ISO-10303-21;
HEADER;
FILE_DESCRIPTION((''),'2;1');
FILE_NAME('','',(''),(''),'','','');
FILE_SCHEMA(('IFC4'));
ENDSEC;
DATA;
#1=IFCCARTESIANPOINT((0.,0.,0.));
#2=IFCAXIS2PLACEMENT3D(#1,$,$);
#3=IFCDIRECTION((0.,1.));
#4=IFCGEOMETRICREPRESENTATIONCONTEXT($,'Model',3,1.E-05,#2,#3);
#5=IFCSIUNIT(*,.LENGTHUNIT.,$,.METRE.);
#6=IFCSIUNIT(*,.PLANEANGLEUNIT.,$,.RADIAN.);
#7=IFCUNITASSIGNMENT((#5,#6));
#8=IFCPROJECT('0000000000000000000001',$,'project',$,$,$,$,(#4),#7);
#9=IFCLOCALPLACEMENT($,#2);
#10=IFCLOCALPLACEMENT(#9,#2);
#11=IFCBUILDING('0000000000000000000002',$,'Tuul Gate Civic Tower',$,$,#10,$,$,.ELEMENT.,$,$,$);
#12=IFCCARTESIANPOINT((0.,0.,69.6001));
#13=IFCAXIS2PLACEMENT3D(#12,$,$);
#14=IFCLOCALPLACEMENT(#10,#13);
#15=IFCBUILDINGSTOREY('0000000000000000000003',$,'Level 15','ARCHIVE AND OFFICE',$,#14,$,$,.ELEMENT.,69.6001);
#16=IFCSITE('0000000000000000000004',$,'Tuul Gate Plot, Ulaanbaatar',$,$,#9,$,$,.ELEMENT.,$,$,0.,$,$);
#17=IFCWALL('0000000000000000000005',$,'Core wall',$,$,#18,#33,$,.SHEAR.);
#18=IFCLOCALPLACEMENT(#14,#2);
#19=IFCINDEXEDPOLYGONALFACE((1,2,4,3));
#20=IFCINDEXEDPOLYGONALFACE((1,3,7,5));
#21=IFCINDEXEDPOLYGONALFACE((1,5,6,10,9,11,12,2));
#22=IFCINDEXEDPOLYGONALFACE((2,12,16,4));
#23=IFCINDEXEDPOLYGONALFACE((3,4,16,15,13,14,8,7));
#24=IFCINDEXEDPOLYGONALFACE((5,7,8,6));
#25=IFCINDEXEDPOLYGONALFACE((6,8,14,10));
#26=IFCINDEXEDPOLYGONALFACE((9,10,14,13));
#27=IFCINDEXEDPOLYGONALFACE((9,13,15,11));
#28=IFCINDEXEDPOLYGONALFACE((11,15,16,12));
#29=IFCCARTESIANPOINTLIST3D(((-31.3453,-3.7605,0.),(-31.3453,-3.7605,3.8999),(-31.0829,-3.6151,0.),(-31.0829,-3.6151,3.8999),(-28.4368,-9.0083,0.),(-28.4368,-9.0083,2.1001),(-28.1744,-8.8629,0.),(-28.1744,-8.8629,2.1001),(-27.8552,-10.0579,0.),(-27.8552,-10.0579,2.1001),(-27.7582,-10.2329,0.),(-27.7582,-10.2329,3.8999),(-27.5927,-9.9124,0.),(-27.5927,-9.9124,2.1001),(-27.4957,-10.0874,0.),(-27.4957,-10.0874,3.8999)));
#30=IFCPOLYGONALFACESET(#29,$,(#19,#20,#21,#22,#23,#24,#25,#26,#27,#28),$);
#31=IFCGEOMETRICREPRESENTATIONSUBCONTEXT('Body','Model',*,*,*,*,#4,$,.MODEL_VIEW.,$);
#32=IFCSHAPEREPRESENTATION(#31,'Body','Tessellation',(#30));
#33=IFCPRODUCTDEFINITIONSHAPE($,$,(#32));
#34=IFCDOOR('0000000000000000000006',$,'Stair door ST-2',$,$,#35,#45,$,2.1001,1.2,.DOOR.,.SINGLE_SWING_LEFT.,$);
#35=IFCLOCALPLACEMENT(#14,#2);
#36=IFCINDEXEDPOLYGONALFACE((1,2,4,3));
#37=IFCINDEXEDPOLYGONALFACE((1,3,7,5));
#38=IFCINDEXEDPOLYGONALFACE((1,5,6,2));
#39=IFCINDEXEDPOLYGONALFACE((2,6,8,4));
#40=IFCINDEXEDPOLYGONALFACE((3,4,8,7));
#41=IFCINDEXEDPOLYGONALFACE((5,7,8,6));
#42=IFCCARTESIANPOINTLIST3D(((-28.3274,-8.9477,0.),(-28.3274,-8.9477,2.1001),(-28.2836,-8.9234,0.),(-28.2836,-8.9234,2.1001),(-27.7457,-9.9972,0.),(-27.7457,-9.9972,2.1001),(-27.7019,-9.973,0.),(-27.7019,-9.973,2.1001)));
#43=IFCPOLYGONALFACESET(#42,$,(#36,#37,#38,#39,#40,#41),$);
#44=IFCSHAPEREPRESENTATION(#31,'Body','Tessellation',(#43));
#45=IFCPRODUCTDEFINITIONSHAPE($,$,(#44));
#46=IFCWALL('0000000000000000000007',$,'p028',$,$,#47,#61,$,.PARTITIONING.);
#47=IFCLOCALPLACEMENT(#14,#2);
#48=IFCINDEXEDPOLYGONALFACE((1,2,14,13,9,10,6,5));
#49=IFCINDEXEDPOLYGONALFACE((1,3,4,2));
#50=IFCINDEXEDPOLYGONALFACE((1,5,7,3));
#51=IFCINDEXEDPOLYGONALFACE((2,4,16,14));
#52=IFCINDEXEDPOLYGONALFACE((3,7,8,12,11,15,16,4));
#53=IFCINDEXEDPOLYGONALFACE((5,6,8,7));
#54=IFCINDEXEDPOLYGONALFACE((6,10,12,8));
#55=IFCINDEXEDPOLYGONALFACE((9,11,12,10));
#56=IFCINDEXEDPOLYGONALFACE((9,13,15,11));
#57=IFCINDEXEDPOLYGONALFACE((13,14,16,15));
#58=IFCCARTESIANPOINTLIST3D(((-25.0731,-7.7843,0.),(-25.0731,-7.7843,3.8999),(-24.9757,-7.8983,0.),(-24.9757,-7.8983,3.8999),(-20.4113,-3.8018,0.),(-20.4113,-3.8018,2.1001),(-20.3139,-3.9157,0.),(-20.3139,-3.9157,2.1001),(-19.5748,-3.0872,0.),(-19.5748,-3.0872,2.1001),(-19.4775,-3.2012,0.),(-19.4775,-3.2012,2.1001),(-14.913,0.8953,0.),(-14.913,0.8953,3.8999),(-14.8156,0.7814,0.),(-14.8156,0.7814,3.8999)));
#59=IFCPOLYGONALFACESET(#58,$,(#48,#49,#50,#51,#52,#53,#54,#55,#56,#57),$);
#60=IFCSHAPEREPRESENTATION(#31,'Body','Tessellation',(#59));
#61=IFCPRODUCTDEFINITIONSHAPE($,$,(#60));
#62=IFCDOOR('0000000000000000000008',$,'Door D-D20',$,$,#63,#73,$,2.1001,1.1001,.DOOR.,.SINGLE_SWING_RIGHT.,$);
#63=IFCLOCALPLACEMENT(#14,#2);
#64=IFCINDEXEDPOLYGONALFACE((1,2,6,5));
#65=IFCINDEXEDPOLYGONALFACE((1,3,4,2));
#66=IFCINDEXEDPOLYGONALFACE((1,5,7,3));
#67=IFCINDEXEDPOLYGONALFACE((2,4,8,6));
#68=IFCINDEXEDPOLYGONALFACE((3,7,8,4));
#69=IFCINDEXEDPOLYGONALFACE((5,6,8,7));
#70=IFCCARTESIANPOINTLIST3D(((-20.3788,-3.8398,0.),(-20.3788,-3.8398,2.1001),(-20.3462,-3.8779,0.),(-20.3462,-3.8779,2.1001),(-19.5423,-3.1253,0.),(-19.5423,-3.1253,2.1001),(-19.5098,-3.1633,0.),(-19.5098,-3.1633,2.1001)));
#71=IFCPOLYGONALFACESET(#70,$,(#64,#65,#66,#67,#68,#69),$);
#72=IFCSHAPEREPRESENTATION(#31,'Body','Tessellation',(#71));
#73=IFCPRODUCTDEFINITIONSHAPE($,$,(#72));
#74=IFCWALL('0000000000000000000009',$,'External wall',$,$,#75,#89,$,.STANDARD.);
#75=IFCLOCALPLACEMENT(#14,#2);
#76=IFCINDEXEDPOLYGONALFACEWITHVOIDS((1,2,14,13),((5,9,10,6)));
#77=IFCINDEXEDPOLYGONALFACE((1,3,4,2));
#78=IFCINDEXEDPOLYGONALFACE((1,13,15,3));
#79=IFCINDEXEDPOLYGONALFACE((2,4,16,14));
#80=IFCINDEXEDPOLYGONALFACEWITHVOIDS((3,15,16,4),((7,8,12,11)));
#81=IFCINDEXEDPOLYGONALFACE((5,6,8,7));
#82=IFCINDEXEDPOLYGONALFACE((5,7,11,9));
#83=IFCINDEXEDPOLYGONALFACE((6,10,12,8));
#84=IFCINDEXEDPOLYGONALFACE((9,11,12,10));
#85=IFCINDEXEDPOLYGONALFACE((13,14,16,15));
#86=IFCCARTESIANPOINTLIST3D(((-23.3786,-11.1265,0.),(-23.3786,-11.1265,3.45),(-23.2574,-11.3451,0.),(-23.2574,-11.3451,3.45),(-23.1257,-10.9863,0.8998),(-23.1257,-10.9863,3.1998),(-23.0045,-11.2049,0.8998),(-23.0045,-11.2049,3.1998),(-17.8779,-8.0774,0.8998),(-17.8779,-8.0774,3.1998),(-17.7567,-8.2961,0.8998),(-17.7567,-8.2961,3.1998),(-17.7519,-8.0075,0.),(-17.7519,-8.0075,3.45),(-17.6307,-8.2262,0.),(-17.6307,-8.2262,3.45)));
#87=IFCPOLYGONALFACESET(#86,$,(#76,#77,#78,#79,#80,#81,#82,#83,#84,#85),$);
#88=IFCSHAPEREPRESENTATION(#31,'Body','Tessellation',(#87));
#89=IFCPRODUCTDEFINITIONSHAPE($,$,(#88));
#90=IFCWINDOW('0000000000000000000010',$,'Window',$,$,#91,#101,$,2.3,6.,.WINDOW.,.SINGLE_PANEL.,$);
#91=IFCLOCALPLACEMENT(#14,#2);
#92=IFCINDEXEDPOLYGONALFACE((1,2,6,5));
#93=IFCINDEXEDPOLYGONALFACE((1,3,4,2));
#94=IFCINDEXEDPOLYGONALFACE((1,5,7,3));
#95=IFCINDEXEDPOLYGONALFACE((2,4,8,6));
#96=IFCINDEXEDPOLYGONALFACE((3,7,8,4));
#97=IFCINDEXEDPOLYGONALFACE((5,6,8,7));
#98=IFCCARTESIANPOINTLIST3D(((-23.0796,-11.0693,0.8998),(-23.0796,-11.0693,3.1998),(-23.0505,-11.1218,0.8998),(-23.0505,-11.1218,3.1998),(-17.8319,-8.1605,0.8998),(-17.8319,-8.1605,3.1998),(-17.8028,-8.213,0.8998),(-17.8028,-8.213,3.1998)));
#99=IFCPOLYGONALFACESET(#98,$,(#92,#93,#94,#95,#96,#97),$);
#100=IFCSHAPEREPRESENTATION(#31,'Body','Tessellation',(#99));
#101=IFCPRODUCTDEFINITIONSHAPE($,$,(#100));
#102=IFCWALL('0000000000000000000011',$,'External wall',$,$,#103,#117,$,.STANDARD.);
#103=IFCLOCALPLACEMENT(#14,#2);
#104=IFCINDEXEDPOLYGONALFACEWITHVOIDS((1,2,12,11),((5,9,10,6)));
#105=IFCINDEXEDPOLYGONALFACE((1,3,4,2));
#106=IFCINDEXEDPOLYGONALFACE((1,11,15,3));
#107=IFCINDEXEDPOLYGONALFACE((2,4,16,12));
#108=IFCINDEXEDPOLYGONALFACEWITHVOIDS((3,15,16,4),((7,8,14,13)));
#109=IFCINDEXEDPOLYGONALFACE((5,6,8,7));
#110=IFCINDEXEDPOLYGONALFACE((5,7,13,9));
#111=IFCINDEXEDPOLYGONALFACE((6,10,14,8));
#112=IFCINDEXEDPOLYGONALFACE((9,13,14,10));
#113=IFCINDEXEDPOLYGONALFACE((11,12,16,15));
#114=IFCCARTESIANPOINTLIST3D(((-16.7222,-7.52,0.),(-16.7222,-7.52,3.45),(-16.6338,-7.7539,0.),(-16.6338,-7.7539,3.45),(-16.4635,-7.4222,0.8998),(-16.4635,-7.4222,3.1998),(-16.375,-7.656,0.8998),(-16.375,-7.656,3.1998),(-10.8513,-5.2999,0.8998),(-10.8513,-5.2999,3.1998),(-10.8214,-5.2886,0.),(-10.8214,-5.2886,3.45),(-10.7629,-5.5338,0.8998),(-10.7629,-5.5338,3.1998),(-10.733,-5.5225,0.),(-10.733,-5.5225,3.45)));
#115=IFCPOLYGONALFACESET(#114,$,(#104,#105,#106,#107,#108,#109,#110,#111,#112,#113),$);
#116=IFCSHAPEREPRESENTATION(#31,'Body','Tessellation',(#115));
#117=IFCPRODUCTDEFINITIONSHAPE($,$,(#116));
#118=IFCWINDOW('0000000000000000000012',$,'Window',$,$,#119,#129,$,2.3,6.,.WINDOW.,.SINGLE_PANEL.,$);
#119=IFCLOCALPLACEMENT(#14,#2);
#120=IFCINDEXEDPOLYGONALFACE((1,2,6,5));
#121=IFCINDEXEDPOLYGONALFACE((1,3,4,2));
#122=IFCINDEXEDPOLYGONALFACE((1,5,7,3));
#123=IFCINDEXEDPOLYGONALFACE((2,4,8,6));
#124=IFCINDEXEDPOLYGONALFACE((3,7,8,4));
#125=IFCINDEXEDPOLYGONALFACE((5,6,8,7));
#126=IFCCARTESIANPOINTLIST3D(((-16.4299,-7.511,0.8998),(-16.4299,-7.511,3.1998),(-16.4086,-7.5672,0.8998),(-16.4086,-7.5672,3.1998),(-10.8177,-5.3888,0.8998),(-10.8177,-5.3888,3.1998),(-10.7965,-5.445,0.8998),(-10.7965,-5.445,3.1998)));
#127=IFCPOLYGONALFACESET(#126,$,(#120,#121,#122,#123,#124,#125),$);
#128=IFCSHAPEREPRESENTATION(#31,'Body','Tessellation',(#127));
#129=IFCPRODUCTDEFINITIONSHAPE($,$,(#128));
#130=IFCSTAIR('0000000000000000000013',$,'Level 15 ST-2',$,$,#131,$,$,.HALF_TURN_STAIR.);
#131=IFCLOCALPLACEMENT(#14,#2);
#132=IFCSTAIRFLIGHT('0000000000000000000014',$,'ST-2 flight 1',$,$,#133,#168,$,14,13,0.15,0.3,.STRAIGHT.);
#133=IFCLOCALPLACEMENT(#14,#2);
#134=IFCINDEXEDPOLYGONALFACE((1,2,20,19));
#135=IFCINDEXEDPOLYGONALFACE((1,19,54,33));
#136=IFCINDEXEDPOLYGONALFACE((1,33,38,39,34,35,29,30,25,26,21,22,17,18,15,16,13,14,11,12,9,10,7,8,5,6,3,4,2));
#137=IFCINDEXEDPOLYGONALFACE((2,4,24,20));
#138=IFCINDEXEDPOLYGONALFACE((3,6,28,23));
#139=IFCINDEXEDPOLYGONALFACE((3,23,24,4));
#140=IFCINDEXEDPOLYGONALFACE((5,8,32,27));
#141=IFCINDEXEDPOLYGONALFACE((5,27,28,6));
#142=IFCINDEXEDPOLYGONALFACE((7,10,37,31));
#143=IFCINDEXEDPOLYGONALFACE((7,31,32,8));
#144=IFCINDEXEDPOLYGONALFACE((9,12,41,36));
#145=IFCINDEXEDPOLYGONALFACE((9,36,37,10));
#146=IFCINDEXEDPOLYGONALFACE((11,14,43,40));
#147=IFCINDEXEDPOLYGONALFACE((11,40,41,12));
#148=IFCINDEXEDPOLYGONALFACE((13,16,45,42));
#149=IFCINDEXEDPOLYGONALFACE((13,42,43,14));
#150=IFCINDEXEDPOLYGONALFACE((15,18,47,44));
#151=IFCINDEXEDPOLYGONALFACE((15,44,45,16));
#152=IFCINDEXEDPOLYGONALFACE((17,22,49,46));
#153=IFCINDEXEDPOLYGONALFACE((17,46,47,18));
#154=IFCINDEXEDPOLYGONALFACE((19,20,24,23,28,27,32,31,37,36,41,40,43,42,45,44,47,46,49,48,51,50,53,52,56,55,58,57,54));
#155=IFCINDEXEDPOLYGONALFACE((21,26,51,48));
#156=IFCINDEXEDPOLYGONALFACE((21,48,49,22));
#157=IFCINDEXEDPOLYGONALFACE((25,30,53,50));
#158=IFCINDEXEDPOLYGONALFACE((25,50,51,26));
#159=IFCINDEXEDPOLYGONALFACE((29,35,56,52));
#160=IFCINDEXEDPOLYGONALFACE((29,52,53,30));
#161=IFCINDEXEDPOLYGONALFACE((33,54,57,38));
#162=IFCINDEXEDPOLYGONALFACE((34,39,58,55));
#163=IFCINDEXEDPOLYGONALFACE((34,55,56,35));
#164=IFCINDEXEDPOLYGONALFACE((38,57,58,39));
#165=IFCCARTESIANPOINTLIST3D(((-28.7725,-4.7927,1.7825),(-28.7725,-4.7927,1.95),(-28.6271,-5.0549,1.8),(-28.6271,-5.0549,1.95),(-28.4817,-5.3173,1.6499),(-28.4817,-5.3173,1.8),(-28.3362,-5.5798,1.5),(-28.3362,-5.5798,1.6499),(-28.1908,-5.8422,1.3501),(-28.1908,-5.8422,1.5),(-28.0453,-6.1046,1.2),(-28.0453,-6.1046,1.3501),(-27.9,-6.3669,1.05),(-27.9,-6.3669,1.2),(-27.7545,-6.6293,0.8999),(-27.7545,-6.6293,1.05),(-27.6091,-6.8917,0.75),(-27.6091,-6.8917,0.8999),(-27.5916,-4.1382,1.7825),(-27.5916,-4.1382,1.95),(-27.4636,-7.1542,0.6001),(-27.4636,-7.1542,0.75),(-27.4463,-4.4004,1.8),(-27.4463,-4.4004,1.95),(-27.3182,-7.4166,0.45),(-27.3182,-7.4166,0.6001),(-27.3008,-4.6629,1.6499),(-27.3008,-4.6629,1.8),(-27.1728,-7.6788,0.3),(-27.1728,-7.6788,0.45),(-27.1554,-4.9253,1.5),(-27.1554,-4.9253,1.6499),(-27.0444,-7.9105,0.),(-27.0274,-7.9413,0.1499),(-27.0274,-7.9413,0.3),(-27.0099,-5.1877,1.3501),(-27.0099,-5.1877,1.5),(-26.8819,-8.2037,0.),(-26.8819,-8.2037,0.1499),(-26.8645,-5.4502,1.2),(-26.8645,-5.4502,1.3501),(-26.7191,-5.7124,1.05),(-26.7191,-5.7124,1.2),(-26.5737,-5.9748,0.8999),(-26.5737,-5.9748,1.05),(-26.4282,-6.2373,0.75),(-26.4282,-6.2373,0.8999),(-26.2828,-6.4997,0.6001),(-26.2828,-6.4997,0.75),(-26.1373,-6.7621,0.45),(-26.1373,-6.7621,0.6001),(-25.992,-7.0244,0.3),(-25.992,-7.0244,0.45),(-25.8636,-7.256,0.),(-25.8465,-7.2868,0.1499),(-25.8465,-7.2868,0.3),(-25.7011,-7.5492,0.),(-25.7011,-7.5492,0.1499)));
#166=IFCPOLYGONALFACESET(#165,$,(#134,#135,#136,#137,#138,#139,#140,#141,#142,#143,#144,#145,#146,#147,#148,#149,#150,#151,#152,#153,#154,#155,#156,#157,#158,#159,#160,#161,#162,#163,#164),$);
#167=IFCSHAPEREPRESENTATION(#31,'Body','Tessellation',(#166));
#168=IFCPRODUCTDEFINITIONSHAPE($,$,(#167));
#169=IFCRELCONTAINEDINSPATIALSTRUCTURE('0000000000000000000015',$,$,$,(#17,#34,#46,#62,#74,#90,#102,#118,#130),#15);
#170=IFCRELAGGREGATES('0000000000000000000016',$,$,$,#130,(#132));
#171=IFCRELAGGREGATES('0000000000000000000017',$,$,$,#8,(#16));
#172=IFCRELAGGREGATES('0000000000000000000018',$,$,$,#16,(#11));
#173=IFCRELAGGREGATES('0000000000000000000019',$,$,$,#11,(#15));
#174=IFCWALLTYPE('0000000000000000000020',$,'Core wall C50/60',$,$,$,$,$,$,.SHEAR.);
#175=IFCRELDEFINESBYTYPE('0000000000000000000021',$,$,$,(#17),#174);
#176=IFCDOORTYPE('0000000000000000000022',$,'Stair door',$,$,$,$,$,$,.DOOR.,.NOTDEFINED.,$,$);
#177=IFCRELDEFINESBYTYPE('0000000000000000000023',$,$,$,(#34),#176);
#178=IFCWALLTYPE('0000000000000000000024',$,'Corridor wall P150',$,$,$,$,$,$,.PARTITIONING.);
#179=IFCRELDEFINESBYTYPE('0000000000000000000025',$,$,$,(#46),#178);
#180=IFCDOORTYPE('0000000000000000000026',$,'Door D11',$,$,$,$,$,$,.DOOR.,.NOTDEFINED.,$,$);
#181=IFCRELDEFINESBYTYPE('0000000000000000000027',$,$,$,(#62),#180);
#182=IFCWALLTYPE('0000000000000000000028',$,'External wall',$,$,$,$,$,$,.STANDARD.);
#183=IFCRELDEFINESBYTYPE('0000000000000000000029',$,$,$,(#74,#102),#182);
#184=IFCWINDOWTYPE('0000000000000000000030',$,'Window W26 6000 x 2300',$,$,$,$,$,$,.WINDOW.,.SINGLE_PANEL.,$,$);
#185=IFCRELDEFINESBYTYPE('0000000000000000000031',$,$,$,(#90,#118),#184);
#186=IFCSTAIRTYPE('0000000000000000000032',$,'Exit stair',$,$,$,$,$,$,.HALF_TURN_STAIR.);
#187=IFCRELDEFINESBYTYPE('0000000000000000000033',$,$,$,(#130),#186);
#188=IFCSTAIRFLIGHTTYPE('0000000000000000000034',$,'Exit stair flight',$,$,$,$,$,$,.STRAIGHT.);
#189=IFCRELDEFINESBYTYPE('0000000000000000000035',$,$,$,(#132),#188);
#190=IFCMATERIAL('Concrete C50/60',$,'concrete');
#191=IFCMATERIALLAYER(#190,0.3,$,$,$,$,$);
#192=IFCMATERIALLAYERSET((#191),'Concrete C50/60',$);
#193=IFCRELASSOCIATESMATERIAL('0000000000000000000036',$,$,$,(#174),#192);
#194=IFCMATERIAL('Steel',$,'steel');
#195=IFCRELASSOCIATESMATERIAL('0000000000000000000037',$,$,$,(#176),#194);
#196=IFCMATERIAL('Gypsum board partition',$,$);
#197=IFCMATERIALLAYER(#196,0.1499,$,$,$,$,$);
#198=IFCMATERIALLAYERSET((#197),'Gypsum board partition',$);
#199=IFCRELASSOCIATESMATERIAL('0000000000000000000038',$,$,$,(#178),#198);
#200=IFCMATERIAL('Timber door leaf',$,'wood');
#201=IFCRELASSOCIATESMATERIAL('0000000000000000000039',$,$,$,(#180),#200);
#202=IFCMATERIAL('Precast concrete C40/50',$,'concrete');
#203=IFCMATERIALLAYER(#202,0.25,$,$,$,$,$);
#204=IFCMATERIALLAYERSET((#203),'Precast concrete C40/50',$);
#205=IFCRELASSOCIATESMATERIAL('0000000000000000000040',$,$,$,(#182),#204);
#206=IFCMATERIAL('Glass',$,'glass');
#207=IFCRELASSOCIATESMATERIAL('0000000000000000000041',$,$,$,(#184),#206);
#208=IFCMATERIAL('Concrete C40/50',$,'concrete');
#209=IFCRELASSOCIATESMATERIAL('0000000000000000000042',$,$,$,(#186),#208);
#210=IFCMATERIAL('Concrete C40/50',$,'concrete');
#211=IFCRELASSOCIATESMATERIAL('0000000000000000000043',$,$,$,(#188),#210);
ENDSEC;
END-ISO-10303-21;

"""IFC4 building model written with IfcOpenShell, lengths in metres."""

from ifc_helpers import new_model, si_unit, direction, frame, frame_2d, origin, place, context, subcontext, project, spatial, polyline, rectangle, outline, extrude, material, layer, layer_set, type_object, element, fill, aggregate, save


model = new_model("IFC4")

# Units and contexts
model_context = context("Model", 3, precision=1e-05, world=origin(), true_north=direction((0.0, 1.0)))
body_context = subcontext(model_context, "Body", "Model", "MODEL_VIEW")
ifc_project = project(units=[si_unit("LENGTHUNIT", "METRE"), si_unit("PLANEANGLEUNIT", "RADIAN")], contexts=[model_context])

# Site, building, storey
site_placement = place(None, origin())
site = spatial("IfcSite", under=ifc_project, at=site_placement, Name="Tuul Gate Plot, Ulaanbaatar", CompositionType="ELEMENT", RefElevation=0.0)
building_placement = place(site_placement, origin())
building = spatial("IfcBuilding", under=site, at=building_placement, Name="Tuul Gate Civic Tower", CompositionType="ELEMENT")
storey_placement = place(building_placement, frame((0.0, 0.0, 69.6001)))
storey = spatial("IfcBuildingStorey", under=building, at=storey_placement, Name="Level 15", Description="ARCHIVE AND OFFICE", CompositionType="ELEMENT", Elevation=69.6001)

# Shared definitions
ifc_material_1 = material(Name="Concrete C50/60", Category="concrete")
ifc_layer_1 = layer(ifc_material_1, 0.3)
ifc_layer_set_1 = layer_set([ifc_layer_1], Name="Concrete C50/60")
wall_type_1 = type_object("IfcWallType", Name="Core wall C50/60", PredefinedType="SHEAR", material=ifc_layer_set_1)

# Walls, openings, doors
wall_1_placement = place(storey_placement, frame((-27.627, -10.1602, 0.0), z_axis=(0.0, 0.0, 1.0), x_axis=(-0.484752, 0.874652, 0.0)))
wall_1 = element("IfcWall", 1, at=wall_1_placement, inside=storey, type_object=wall_type_1, Name="Core wall", PredefinedType="SHEAR", context=body_context, shape_type="SweptSolid", body=[
    extrude(rectangle(XDim=7.3999, YDim=0.3, at=frame_2d((3.7, 0.0))), origin(), (0.0, 0.0, 1.0), 3.8999),
])
opening_1_placement = place(wall_1_placement, frame((0.2, 0.0, 0.0)))
opening_1 = element("IfcOpeningElement", 2, at=opening_1_placement, cuts=wall_1, PredefinedType="OPENING", context=body_context, shape_type="SweptSolid", body=[
    extrude(rectangle(XDim=1.2, YDim=2.1001, at=frame_2d((0.6001, 1.05))), frame((0.0, 0.1602, 0.0), z_axis=(0.0, -1.0, 0.0), x_axis=(1.0, 0.0, 0.0)), (0.0, 0.0, 1.0), 0.3201),
])
ifc_material_2 = material(Name="Steel", Category="steel")
door_type_1 = type_object("IfcDoorType", Name="Stair door", OperationType="NOTDEFINED", PredefinedType="DOOR", material=ifc_material_2)
door_1_placement = place(opening_1_placement, origin())
door_1 = element("IfcDoor", 3, at=door_1_placement, inside=storey, type_object=door_type_1, Name="Stair door ST-2", OperationType="SINGLE_SWING_LEFT", OverallHeight=2.1001, OverallWidth=1.2, PredefinedType="DOOR", context=body_context, shape_type="SweptSolid", body=[
    extrude(rectangle(XDim=1.2, YDim=2.1001, at=frame_2d((0.6001, 1.05))), frame((0.0, 0.0249, 0.0), z_axis=(0.0, -1.0, 0.0), x_axis=(1.0, 0.0, 0.0)), (0.0, 0.0, 1.0), 0.05),
])
fill(opening_1, door_1)
ifc_material_3 = material(Name="Gypsum board partition")
ifc_layer_2 = layer(ifc_material_3, 0.1499)
ifc_layer_set_2 = layer_set([ifc_layer_2], Name="Gypsum board partition")
wall_type_2 = type_object("IfcWallType", Name="Corridor wall P150", PredefinedType="PARTITIONING", material=ifc_layer_set_2)
wall_2_placement = place(storey_placement, frame((-25.0244, -7.8413, 0.0), z_axis=(0.0, 0.0, 1.0), x_axis=(0.760329, 0.649539, 0.0)))
wall_2 = element("IfcWall", 4, at=wall_2_placement, inside=storey, type_object=wall_type_2, Name="p028", PredefinedType="PARTITIONING", context=body_context, shape_type="SweptSolid", body=[
    extrude(rectangle(XDim=13.3628, YDim=0.1499, at=frame_2d((6.6814, 0.0))), origin(), (0.0, 0.0, 1.0), 3.8999),
])
opening_2_placement = place(wall_2_placement, frame((6.1313, 0.0, 0.0)))
opening_2 = element("IfcOpeningElement", 5, at=opening_2_placement, cuts=wall_2, PredefinedType="OPENING", context=body_context, shape_type="SweptSolid", body=[
    extrude(rectangle(XDim=1.1001, YDim=2.1001, at=frame_2d((0.55, 1.05))), frame((0.0, 0.085, 0.0), z_axis=(0.0, -1.0, 0.0), x_axis=(1.0, 0.0, 0.0)), (0.0, 0.0, 1.0), 0.1699),
])
ifc_material_4 = material(Name="Timber door leaf", Category="wood")
door_type_2 = type_object("IfcDoorType", Name="Door D11", OperationType="NOTDEFINED", PredefinedType="DOOR", material=ifc_material_4)
door_2_placement = place(opening_2_placement, origin())
door_2 = element("IfcDoor", 6, at=door_2_placement, inside=storey, type_object=door_type_2, Name="Door D-D20", OperationType="SINGLE_SWING_RIGHT", OverallHeight=2.1001, OverallWidth=1.1001, PredefinedType="DOOR", context=body_context, shape_type="SweptSolid", body=[
    extrude(rectangle(XDim=1.1001, YDim=2.1001, at=frame_2d((0.55, 1.05))), frame((0.0, 0.0249, 0.0), z_axis=(0.0, -1.0, 0.0), x_axis=(1.0, 0.0, 0.0)), (0.0, 0.0, 1.0), 0.05),
])
fill(opening_2, door_2)

# Walls, openings, windows
ifc_material_5 = material(Name="Precast concrete C40/50", Category="concrete")
ifc_layer_3 = layer(ifc_material_5, 0.25)
ifc_layer_set_3 = layer_set([ifc_layer_3], Name="Precast concrete C40/50")
wall_type_3 = type_object("IfcWallType", Name="External wall", PredefinedType="STANDARD", material=ifc_layer_set_3)
wall_3_placement = place(storey_placement, frame((-23.3181, -11.2358, 0.0), z_axis=(0.0, 0.0, 1.0), x_axis=(0.874622, 0.484805, 0.0)))
wall_3 = element("IfcWall", 7, at=wall_3_placement, inside=storey, type_object=wall_type_3, Name="External wall", PredefinedType="STANDARD", context=body_context, shape_type="SweptSolid", body=[
    extrude(rectangle(XDim=6.4333, YDim=0.25, at=frame_2d((3.2168, 0.0))), origin(), (0.0, 0.0, 1.0), 3.45),
])
opening_3_placement = place(wall_3_placement, frame((0.2893, 0.0, 0.8999)))
opening_3 = element("IfcOpeningElement", 8, at=opening_3_placement, cuts=wall_3, PredefinedType="OPENING", context=body_context, shape_type="SweptSolid", body=[
    extrude(rectangle(XDim=6.0, YDim=2.3, at=frame_2d((3.0, 1.1499))), frame((0.0, 0.135, 0.0), z_axis=(0.0, -1.0, 0.0), x_axis=(1.0, 0.0, 0.0)), (0.0, 0.0, 1.0), 0.27),
])
ifc_material_6 = material(Name="Glass", Category="glass")
window_type = type_object("IfcWindowType", Name="Window W26 6000 x 2300", PartitioningType="SINGLE_PANEL", PredefinedType="WINDOW", material=ifc_material_6)
window_1_placement = place(opening_3_placement, origin())
window_1 = element("IfcWindow", 9, at=window_1_placement, inside=storey, type_object=window_type, Name="Window", OverallHeight=2.3, OverallWidth=6.0, PartitioningType="SINGLE_PANEL", PredefinedType="WINDOW", context=body_context, shape_type="SweptSolid", body=[
    extrude(rectangle(XDim=6.0, YDim=2.3, at=frame_2d((3.0, 1.1499))), frame((0.0, 0.03, 0.0), z_axis=(0.0, -1.0, 0.0), x_axis=(1.0, 0.0, 0.0)), (0.0, 0.0, 1.0), 0.0601),
])
fill(opening_3, window_1)
wall_4_placement = place(storey_placement, frame((-16.678, -7.637, 0.0), z_axis=(0.0, 0.0, 1.0), x_axis=(0.935355, 0.353709, 0.0)))
wall_4 = element("IfcWall", 10, at=wall_4_placement, inside=storey, type_object=wall_type_3, Name="External wall", PredefinedType="STANDARD", context=body_context, shape_type="SweptSolid", body=[
    extrude(rectangle(XDim=6.3086, YDim=0.25, at=frame_2d((3.1543, 0.0))), origin(), (0.0, 0.0, 1.0), 3.45),
])
opening_4_placement = place(wall_4_placement, frame((0.2766, 0.0, 0.8999)))
opening_4 = element("IfcOpeningElement", 11, at=opening_4_placement, cuts=wall_4, PredefinedType="OPENING", context=body_context, shape_type="SweptSolid", body=[
    extrude(rectangle(XDim=6.0, YDim=2.3, at=frame_2d((3.0, 1.1499))), frame((0.0, 0.135, 0.0), z_axis=(0.0, -1.0, 0.0), x_axis=(1.0, 0.0, 0.0)), (0.0, 0.0, 1.0), 0.27),
])
window_2_placement = place(opening_4_placement, origin())
window_2 = element("IfcWindow", 12, at=window_2_placement, inside=storey, type_object=window_type, Name="Window", OverallHeight=2.3, OverallWidth=6.0, PartitioningType="SINGLE_PANEL", PredefinedType="WINDOW", context=body_context, shape_type="SweptSolid", body=[
    extrude(rectangle(XDim=6.0, YDim=2.3, at=frame_2d((3.0, 1.1499))), frame((0.0, 0.03, 0.0), z_axis=(0.0, -1.0, 0.0), x_axis=(1.0, 0.0, 0.0)), (0.0, 0.0, 1.0), 0.0601),
])
fill(opening_4, window_2)

# Stair, stair flight
ifc_material_7 = material(Name="Concrete C40/50", Category="concrete")
stair_type = type_object("IfcStairType", Name="Exit stair", PredefinedType="HALF_TURN_STAIR", material=ifc_material_7)
stair_placement = place(storey_placement, origin())
stair = element("IfcStair", 13, at=stair_placement, inside=storey, type_object=stair_type, Name="Level 15 ST-2", PredefinedType="HALF_TURN_STAIR")
ifc_material_8 = material(Name="Concrete C40/50", Category="concrete")
stair_flight_type = type_object("IfcStairFlightType", Name="Exit stair flight", PredefinedType="STRAIGHT", material=ifc_material_8)
stair_flight_placement = place(storey_placement, frame((-26.2915, -7.8765, 0.0), z_axis=(0.0, 0.0, 1.0), x_axis=(-0.484762, 0.874646, 0.0)))
stair_flight = element("IfcStairFlight", 14, at=stair_flight_placement, type_object=stair_flight_type, Name="ST-2 flight 1", NumberOfRisers=14, NumberOfTreads=13, PredefinedType="STRAIGHT", RiserHeight=0.15, TreadLength=0.3, context=body_context, shape_type="SweptSolid", body=[
    extrude(outline(polyline([(0.0, 0.0), (0.0, 0.1499), (0.3, 0.1499), (0.3, 0.3), (0.6001, 0.3), (0.6001, 0.45), (0.8999, 0.45), (0.8999, 0.6001), (1.2, 0.6001), (1.2, 0.75), (1.5, 0.75), (1.5, 0.8999), (1.8, 0.8999), (1.8, 1.05), (2.1001, 1.05), (2.1001, 1.2), (2.3999, 1.2), (2.3999, 1.3501), (2.7, 1.3501), (2.7, 1.5), (3.0, 1.5), (3.0, 1.6499), (3.3, 1.6499), (3.3, 1.8), (3.6001, 1.8), (3.6001, 1.95), (3.8999, 1.95), (3.8999, 2.1001), (3.8999, 1.7825), (0.3352, 0.0), (0.0, 0.0)])), frame((0.0, 0.675, 0.0), z_axis=(0.0, -1.0, 0.0), x_axis=(1.0, 0.0, 0.0)), (0.0, 0.0, 1.0), 1.3501),
])
aggregate(stair, [stair_flight])

save(model, "model.ifc")
